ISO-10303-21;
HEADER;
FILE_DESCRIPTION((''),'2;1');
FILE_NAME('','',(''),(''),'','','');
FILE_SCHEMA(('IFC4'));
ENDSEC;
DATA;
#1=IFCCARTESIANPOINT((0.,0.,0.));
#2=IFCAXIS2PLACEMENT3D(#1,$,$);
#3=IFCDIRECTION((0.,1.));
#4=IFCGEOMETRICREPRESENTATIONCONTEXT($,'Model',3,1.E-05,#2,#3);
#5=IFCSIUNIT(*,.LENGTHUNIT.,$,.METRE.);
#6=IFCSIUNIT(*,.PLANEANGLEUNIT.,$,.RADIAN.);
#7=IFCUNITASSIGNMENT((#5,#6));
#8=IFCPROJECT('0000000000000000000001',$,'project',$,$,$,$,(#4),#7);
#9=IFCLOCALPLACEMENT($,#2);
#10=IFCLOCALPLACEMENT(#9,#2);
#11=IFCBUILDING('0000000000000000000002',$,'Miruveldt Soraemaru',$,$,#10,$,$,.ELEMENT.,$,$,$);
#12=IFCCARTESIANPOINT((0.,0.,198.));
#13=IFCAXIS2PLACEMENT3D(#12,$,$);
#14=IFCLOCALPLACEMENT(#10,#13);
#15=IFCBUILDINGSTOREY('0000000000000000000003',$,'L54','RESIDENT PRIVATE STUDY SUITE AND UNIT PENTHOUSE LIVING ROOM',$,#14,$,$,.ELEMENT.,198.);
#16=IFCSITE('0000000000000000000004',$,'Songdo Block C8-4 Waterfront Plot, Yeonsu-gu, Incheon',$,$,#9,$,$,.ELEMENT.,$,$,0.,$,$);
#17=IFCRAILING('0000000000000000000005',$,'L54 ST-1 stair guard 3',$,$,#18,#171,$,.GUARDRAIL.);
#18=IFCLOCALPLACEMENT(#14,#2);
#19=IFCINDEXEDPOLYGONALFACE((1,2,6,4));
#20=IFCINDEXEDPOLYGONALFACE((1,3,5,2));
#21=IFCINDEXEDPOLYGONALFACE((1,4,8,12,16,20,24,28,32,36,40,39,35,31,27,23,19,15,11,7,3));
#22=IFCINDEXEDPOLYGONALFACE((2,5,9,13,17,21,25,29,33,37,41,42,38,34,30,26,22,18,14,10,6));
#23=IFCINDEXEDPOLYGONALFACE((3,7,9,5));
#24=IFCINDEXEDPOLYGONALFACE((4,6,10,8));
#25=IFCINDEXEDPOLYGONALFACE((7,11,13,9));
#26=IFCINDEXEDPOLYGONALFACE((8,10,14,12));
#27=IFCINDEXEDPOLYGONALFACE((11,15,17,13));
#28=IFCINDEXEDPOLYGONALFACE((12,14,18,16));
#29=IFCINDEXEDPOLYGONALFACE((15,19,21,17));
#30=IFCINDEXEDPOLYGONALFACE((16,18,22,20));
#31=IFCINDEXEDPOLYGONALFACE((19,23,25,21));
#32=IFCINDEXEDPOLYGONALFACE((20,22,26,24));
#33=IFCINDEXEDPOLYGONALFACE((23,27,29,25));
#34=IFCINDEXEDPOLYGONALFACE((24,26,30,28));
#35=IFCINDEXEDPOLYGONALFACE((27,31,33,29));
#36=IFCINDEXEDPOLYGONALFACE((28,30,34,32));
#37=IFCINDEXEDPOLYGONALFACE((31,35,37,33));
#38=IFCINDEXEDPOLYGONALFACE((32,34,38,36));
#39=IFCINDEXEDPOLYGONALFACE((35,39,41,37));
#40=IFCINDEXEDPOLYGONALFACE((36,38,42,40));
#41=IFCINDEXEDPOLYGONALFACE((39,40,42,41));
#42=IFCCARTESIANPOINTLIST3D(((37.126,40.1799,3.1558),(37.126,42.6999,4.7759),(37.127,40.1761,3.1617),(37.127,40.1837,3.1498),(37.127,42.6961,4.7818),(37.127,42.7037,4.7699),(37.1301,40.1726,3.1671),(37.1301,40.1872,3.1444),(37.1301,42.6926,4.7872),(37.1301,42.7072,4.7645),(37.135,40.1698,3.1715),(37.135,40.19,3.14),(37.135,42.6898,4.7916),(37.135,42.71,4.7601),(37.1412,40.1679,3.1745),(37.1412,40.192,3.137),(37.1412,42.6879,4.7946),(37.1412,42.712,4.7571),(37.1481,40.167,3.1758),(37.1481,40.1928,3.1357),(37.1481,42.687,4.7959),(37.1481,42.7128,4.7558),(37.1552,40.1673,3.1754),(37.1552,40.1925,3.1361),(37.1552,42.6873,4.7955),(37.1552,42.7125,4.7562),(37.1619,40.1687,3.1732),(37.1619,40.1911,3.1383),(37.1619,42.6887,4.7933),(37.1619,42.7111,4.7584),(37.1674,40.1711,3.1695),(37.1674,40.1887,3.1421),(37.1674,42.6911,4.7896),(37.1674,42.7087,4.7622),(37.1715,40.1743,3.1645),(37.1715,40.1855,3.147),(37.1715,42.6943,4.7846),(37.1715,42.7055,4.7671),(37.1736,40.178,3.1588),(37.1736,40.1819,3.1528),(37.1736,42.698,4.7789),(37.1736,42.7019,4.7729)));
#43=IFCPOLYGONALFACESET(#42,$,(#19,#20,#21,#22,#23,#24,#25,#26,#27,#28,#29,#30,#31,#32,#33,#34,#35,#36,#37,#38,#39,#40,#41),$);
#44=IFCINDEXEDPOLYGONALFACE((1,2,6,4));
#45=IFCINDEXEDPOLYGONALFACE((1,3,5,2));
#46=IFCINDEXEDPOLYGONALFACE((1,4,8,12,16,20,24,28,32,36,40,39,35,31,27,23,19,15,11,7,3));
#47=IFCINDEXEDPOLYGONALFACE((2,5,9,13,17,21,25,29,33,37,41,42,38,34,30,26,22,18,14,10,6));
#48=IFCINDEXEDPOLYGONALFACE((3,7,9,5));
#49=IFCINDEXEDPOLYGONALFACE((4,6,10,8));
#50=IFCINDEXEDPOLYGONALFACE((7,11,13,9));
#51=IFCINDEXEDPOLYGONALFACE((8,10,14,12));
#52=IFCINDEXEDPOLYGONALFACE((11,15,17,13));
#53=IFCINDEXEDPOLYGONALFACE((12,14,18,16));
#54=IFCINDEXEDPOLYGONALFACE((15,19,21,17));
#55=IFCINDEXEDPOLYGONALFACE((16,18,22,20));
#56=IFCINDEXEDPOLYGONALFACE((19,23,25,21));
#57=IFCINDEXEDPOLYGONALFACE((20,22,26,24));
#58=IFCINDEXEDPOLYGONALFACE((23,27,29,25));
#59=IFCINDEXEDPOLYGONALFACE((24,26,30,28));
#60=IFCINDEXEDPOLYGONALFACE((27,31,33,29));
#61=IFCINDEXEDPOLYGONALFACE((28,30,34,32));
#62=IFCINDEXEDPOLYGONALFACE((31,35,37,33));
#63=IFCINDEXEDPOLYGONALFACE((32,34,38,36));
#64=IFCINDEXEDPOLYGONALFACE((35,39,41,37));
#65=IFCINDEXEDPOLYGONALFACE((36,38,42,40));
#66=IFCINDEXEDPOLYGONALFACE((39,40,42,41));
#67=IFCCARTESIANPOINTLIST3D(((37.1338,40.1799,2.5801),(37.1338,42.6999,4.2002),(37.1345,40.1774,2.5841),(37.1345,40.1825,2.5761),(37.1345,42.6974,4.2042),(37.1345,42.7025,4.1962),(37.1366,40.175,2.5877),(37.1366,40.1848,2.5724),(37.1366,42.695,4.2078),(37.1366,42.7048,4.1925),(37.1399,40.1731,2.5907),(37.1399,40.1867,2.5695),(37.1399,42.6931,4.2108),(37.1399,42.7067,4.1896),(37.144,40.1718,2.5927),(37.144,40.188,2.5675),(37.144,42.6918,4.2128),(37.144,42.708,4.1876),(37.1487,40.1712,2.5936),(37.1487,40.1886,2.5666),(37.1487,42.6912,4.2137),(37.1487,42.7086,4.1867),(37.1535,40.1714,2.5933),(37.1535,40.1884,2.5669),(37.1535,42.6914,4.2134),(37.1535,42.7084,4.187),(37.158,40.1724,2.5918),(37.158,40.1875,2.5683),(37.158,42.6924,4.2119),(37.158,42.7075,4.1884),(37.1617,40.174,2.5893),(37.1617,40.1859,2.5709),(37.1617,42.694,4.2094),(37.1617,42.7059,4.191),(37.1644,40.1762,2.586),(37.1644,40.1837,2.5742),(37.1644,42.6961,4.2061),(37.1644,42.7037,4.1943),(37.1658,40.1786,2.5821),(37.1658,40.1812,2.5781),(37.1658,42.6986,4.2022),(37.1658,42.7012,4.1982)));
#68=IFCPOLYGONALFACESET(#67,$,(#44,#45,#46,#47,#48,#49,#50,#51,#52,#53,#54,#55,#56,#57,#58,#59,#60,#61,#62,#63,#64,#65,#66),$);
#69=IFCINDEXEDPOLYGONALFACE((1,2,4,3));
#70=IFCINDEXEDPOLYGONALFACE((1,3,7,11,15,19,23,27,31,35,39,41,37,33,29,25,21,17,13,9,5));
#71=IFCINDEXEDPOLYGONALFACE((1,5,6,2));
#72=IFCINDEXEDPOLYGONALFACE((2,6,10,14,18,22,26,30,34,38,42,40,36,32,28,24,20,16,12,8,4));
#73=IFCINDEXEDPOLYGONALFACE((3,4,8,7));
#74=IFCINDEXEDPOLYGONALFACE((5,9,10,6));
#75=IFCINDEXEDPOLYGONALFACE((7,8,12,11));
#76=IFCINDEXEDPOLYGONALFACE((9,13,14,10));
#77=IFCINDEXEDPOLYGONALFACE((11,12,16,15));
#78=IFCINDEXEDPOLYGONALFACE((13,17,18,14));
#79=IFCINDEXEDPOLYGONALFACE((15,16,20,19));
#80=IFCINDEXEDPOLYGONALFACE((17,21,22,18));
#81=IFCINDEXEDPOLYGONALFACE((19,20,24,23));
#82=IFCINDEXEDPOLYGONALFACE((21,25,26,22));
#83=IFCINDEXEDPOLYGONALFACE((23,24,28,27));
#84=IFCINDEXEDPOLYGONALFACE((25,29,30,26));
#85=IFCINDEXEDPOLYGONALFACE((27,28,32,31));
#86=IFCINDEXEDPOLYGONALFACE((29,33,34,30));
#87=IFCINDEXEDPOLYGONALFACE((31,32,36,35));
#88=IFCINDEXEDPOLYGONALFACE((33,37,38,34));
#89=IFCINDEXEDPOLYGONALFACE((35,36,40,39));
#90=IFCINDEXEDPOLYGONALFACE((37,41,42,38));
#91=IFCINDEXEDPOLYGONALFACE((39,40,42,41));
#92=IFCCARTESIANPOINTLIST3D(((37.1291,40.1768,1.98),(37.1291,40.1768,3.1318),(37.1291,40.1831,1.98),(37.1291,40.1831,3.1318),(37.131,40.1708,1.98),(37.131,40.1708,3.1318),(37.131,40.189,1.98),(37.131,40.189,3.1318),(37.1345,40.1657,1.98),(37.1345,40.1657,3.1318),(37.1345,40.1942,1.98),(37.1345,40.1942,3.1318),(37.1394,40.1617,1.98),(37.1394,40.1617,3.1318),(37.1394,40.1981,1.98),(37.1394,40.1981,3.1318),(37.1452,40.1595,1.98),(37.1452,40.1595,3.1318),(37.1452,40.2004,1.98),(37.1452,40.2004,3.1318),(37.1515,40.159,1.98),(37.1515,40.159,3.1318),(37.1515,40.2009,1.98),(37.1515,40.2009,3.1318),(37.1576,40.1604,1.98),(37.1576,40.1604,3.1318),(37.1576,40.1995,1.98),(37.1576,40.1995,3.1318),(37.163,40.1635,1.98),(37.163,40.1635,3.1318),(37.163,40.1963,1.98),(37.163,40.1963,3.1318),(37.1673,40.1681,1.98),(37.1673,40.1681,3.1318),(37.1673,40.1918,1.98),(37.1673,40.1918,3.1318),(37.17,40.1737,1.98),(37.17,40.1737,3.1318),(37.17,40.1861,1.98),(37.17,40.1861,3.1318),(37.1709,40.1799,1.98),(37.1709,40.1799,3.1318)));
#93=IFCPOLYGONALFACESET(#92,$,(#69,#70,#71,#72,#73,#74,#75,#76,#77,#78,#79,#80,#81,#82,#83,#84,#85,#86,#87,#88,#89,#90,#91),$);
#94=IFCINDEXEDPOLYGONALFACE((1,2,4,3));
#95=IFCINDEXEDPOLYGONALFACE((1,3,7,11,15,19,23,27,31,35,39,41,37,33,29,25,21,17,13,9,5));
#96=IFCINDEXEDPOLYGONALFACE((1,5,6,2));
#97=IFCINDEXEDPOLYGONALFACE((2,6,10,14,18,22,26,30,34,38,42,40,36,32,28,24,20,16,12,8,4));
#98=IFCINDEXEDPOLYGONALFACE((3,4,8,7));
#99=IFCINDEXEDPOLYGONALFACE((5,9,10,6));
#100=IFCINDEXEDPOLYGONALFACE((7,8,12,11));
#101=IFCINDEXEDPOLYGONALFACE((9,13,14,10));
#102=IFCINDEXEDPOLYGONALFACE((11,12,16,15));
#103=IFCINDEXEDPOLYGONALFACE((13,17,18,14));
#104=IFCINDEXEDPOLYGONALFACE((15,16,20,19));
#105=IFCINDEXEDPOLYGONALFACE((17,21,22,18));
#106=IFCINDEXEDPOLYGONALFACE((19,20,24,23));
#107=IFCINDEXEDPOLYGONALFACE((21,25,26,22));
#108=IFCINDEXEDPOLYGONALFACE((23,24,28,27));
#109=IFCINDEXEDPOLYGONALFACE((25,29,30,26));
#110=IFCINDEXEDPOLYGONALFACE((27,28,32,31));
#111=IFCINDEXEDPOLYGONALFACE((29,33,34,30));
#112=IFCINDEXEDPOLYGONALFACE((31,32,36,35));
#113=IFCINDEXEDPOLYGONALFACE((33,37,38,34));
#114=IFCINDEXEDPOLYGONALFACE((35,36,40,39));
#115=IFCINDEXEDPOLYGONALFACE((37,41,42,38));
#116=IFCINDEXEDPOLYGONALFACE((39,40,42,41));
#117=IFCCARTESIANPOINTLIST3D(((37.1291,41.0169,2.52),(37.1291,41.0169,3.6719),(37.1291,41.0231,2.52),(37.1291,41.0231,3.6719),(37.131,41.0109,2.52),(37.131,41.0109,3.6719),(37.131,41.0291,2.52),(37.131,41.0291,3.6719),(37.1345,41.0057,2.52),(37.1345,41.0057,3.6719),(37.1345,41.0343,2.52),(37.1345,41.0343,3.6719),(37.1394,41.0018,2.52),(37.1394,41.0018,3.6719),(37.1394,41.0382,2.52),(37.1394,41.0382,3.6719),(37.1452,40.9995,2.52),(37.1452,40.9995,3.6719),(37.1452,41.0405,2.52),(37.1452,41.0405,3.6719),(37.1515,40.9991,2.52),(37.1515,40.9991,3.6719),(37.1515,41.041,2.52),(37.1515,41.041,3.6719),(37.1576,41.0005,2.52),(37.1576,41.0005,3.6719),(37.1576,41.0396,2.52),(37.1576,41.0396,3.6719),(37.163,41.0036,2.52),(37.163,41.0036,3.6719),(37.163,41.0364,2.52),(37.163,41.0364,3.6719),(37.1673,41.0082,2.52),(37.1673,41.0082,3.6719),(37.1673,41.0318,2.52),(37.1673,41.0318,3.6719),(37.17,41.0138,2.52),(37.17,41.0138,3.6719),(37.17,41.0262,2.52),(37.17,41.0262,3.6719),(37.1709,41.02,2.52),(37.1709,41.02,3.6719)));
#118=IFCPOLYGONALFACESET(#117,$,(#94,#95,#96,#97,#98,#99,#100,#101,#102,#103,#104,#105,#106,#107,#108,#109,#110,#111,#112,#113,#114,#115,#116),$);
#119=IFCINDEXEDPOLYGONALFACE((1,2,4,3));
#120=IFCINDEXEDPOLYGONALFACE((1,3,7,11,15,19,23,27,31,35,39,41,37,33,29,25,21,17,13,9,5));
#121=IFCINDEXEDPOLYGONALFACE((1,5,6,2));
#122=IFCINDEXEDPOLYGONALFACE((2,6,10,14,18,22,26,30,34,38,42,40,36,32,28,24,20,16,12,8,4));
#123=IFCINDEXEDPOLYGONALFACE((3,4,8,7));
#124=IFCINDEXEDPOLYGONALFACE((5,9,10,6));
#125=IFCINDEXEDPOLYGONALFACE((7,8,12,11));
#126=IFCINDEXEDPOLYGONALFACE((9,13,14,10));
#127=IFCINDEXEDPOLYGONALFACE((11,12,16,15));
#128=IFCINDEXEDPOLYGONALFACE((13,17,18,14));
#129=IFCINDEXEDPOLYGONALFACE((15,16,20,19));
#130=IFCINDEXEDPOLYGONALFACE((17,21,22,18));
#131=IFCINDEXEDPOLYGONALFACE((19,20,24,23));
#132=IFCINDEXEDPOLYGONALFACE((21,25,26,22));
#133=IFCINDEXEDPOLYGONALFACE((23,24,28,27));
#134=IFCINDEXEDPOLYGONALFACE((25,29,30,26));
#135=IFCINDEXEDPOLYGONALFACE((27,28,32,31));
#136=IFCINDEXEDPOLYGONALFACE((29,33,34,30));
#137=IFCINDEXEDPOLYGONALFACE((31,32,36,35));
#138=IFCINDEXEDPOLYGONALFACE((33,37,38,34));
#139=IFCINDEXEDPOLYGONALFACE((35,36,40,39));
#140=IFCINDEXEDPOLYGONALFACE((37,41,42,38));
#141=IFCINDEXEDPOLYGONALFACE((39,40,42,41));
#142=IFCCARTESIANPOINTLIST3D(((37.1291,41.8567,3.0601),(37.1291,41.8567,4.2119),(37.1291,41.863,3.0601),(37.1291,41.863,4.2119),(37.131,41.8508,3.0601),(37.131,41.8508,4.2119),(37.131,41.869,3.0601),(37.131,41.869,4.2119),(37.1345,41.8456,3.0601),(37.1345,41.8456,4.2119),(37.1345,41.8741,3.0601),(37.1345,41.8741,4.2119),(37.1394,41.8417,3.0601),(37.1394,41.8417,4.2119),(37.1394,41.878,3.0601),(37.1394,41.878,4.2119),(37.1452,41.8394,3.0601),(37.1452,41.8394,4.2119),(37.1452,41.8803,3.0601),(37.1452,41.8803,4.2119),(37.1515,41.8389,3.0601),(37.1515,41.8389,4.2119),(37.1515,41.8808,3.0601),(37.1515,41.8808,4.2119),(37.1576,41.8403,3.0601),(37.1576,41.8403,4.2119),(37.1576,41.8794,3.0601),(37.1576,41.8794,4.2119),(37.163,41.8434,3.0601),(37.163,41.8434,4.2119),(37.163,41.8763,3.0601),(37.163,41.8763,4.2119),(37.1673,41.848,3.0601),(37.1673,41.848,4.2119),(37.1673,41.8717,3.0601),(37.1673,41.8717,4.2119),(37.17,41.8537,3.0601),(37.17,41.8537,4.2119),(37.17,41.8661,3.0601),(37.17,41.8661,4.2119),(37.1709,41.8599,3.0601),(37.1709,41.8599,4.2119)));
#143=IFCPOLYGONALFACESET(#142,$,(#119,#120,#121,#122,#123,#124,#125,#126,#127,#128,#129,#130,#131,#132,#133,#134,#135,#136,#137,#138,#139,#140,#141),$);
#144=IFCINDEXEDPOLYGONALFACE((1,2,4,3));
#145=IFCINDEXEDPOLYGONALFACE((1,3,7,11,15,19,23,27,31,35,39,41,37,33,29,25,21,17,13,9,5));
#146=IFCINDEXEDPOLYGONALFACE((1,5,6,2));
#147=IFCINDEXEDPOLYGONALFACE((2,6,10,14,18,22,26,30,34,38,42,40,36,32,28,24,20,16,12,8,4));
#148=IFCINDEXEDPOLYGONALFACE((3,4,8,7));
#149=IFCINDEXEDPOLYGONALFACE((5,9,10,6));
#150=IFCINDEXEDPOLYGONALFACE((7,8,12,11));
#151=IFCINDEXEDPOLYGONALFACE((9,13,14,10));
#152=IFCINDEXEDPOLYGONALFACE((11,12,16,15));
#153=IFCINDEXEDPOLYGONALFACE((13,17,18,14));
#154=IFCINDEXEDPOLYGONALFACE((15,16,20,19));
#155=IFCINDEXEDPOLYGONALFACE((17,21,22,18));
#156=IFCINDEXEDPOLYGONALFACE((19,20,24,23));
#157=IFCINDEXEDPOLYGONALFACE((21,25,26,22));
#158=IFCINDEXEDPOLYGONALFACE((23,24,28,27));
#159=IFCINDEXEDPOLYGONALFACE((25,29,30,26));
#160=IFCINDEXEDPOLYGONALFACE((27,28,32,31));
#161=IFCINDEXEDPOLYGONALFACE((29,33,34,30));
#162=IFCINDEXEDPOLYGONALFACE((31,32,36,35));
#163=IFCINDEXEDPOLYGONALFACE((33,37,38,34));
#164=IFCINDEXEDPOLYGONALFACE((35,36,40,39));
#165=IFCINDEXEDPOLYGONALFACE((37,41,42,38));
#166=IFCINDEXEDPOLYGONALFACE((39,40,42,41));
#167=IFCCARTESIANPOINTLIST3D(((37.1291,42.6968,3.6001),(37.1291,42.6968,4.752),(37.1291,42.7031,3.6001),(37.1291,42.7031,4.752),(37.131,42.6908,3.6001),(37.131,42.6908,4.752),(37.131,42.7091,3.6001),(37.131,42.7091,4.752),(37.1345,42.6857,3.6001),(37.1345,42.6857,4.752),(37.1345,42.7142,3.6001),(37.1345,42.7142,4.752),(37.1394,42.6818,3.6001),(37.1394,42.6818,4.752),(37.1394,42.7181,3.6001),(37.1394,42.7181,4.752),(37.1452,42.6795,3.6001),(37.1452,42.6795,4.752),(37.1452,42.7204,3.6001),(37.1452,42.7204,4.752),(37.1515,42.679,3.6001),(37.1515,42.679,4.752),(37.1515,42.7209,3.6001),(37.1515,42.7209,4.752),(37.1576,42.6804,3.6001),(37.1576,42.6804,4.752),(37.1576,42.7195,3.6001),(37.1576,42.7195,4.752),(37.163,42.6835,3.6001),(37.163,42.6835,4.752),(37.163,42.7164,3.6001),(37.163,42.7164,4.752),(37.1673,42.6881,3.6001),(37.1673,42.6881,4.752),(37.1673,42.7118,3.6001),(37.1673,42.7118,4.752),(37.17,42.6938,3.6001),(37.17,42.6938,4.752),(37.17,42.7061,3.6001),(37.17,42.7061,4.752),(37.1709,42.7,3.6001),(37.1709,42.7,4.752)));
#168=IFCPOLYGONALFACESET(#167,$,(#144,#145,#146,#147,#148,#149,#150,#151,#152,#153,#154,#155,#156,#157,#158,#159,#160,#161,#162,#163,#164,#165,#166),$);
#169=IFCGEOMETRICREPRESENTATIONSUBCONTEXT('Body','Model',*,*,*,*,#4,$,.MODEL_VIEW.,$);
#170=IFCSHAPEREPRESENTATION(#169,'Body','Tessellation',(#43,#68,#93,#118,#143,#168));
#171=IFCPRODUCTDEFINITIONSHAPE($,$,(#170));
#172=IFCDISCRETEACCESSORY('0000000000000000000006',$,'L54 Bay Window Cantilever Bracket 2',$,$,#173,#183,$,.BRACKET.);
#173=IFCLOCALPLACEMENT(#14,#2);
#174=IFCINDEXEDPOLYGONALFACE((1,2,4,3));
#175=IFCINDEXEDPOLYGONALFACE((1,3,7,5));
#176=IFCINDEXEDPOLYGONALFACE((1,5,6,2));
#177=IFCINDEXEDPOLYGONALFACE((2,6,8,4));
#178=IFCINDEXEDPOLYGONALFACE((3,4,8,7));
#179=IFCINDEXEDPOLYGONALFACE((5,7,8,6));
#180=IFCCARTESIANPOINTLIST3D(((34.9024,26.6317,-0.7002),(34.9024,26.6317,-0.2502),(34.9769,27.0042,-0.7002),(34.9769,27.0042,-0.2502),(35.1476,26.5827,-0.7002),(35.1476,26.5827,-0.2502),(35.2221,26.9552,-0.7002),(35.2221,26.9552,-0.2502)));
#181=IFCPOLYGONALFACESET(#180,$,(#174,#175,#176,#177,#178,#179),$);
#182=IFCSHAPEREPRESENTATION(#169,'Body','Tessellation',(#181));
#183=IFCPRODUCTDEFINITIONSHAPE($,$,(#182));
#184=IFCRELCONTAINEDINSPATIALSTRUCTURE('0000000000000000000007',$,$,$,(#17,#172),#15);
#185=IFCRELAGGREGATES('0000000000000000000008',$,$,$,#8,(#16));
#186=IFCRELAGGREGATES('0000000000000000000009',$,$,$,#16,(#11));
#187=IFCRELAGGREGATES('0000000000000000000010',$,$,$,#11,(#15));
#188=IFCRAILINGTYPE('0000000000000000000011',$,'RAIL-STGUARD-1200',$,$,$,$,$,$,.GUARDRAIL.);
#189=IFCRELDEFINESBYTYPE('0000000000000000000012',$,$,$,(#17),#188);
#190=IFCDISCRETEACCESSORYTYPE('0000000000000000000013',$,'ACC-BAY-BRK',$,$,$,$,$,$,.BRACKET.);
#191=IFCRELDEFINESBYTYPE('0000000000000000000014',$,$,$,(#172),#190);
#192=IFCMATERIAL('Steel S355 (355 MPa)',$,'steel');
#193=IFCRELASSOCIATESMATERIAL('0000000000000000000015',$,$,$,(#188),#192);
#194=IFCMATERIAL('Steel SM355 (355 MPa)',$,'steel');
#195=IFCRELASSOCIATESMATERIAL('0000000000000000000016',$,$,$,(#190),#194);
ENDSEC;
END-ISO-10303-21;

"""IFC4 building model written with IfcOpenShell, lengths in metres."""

from ifc_helpers import new_model, si_unit, direction, frame, origin, origin_2d, place, context, subcontext, project, spatial, rectangle, circle, extrude, material, type_object, element, save


model = new_model("IFC4")

# Units and contexts
model_context = context("Model", 3, precision=1e-05, world=origin(), true_north=direction((0.0, 1.0)))
body_context = subcontext(model_context, "Body", "Model", "MODEL_VIEW")
ifc_project = project(units=[si_unit("LENGTHUNIT", "METRE"), si_unit("PLANEANGLEUNIT", "RADIAN")], contexts=[model_context])

# Site, building, storey
site_placement = place(None, origin())
site = spatial("IfcSite", under=ifc_project, at=site_placement, Name="Songdo Block C8-4 Waterfront Plot, Yeonsu-gu, Incheon", CompositionType="ELEMENT", RefElevation=0.0)
building_placement = place(site_placement, origin())
building = spatial("IfcBuilding", under=site, at=building_placement, Name="Miruveldt Soraemaru", CompositionType="ELEMENT")
storey_placement = place(building_placement, frame((0.0, 0.0, 198.0)))
storey = spatial("IfcBuildingStorey", under=building, at=storey_placement, Name="L54", Description="RESIDENT PRIVATE STUDY SUITE AND UNIT PENTHOUSE LIVING ROOM", CompositionType="ELEMENT", Elevation=198.0)

# Shared definitions
ifc_material_1 = material(Name="Steel SM355 (355 MPa)", Category="steel")

# Railing
ifc_material_2 = material(Name="Steel S355 (355 MPa)", Category="steel")
railing_type_1 = type_object("IfcRailingType", Name="RAIL-STGUARD-1200", PredefinedType="GUARDRAIL", material=ifc_material_2)
railing_1_placement = place(storey_placement, frame((37.1499, 40.1799, 1.98)))
element("IfcRailing", 1, at=railing_1_placement, inside=storey, type_object=railing_type_1, Name="L54 ST-1 stair guard 3", PredefinedType="GUARDRAIL", context=body_context, shape_type="SweptSolid", body=[
    extrude(circle(Radius=0.0239, at=origin_2d()), frame((0.0, 0.0, 1.1758), z_axis=(0.0, 0.841163, 0.540782), x_axis=(-1.0, 0.0, 0.0)), (0.0, 0.0, 1.0), 2.9958),
    extrude(circle(Radius=0.0161, at=origin_2d()), frame((0.0, 0.0, 0.6001), z_axis=(0.0, 0.841163, 0.540782), x_axis=(-1.0, 0.0, 0.0)), (0.0, 0.0, 1.0), 2.9958),
    extrude(circle(Radius=0.021, at=origin_2d()), origin(), (0.0, 0.0, 1.0), 1.1519),
    extrude(circle(Radius=0.021, at=origin_2d()), frame((0.0, 0.8401, 0.54)), (0.0, 0.0, 1.0), 1.1519),
    extrude(circle(Radius=0.021, at=origin_2d()), frame((0.0, 1.6799, 1.0801)), (0.0, 0.0, 1.0), 1.1519),
    extrude(circle(Radius=0.021, at=origin_2d()), frame((0.0, 2.52, 1.6201)), (0.0, 0.0, 1.0), 1.1519),
])

# Discrete accessory
discrete_accessory_type = type_object("IfcDiscreteAccessoryType", Name="ACC-BAY-BRK", PredefinedType="BRACKET", material=ifc_material_1)
discrete_accessory_placement = place(storey_placement, frame((35.0623, 26.7935, -0.7002), z_axis=(0.0, 0.0, 1.0), x_axis=(-0.196117, -0.98058, 0.0)))
element("IfcDiscreteAccessory", 2, at=discrete_accessory_placement, inside=storey, type_object=discrete_accessory_type, Name="L54 Bay Window Cantilever Bracket 2", PredefinedType="BRACKET", context=body_context, shape_type="SweptSolid", body=[
    extrude(rectangle(XDim=0.3799, YDim=0.25, at=origin_2d()), origin(), (0.0, 0.0, 1.0), 0.45),
])

save(model, "model.ifc")
